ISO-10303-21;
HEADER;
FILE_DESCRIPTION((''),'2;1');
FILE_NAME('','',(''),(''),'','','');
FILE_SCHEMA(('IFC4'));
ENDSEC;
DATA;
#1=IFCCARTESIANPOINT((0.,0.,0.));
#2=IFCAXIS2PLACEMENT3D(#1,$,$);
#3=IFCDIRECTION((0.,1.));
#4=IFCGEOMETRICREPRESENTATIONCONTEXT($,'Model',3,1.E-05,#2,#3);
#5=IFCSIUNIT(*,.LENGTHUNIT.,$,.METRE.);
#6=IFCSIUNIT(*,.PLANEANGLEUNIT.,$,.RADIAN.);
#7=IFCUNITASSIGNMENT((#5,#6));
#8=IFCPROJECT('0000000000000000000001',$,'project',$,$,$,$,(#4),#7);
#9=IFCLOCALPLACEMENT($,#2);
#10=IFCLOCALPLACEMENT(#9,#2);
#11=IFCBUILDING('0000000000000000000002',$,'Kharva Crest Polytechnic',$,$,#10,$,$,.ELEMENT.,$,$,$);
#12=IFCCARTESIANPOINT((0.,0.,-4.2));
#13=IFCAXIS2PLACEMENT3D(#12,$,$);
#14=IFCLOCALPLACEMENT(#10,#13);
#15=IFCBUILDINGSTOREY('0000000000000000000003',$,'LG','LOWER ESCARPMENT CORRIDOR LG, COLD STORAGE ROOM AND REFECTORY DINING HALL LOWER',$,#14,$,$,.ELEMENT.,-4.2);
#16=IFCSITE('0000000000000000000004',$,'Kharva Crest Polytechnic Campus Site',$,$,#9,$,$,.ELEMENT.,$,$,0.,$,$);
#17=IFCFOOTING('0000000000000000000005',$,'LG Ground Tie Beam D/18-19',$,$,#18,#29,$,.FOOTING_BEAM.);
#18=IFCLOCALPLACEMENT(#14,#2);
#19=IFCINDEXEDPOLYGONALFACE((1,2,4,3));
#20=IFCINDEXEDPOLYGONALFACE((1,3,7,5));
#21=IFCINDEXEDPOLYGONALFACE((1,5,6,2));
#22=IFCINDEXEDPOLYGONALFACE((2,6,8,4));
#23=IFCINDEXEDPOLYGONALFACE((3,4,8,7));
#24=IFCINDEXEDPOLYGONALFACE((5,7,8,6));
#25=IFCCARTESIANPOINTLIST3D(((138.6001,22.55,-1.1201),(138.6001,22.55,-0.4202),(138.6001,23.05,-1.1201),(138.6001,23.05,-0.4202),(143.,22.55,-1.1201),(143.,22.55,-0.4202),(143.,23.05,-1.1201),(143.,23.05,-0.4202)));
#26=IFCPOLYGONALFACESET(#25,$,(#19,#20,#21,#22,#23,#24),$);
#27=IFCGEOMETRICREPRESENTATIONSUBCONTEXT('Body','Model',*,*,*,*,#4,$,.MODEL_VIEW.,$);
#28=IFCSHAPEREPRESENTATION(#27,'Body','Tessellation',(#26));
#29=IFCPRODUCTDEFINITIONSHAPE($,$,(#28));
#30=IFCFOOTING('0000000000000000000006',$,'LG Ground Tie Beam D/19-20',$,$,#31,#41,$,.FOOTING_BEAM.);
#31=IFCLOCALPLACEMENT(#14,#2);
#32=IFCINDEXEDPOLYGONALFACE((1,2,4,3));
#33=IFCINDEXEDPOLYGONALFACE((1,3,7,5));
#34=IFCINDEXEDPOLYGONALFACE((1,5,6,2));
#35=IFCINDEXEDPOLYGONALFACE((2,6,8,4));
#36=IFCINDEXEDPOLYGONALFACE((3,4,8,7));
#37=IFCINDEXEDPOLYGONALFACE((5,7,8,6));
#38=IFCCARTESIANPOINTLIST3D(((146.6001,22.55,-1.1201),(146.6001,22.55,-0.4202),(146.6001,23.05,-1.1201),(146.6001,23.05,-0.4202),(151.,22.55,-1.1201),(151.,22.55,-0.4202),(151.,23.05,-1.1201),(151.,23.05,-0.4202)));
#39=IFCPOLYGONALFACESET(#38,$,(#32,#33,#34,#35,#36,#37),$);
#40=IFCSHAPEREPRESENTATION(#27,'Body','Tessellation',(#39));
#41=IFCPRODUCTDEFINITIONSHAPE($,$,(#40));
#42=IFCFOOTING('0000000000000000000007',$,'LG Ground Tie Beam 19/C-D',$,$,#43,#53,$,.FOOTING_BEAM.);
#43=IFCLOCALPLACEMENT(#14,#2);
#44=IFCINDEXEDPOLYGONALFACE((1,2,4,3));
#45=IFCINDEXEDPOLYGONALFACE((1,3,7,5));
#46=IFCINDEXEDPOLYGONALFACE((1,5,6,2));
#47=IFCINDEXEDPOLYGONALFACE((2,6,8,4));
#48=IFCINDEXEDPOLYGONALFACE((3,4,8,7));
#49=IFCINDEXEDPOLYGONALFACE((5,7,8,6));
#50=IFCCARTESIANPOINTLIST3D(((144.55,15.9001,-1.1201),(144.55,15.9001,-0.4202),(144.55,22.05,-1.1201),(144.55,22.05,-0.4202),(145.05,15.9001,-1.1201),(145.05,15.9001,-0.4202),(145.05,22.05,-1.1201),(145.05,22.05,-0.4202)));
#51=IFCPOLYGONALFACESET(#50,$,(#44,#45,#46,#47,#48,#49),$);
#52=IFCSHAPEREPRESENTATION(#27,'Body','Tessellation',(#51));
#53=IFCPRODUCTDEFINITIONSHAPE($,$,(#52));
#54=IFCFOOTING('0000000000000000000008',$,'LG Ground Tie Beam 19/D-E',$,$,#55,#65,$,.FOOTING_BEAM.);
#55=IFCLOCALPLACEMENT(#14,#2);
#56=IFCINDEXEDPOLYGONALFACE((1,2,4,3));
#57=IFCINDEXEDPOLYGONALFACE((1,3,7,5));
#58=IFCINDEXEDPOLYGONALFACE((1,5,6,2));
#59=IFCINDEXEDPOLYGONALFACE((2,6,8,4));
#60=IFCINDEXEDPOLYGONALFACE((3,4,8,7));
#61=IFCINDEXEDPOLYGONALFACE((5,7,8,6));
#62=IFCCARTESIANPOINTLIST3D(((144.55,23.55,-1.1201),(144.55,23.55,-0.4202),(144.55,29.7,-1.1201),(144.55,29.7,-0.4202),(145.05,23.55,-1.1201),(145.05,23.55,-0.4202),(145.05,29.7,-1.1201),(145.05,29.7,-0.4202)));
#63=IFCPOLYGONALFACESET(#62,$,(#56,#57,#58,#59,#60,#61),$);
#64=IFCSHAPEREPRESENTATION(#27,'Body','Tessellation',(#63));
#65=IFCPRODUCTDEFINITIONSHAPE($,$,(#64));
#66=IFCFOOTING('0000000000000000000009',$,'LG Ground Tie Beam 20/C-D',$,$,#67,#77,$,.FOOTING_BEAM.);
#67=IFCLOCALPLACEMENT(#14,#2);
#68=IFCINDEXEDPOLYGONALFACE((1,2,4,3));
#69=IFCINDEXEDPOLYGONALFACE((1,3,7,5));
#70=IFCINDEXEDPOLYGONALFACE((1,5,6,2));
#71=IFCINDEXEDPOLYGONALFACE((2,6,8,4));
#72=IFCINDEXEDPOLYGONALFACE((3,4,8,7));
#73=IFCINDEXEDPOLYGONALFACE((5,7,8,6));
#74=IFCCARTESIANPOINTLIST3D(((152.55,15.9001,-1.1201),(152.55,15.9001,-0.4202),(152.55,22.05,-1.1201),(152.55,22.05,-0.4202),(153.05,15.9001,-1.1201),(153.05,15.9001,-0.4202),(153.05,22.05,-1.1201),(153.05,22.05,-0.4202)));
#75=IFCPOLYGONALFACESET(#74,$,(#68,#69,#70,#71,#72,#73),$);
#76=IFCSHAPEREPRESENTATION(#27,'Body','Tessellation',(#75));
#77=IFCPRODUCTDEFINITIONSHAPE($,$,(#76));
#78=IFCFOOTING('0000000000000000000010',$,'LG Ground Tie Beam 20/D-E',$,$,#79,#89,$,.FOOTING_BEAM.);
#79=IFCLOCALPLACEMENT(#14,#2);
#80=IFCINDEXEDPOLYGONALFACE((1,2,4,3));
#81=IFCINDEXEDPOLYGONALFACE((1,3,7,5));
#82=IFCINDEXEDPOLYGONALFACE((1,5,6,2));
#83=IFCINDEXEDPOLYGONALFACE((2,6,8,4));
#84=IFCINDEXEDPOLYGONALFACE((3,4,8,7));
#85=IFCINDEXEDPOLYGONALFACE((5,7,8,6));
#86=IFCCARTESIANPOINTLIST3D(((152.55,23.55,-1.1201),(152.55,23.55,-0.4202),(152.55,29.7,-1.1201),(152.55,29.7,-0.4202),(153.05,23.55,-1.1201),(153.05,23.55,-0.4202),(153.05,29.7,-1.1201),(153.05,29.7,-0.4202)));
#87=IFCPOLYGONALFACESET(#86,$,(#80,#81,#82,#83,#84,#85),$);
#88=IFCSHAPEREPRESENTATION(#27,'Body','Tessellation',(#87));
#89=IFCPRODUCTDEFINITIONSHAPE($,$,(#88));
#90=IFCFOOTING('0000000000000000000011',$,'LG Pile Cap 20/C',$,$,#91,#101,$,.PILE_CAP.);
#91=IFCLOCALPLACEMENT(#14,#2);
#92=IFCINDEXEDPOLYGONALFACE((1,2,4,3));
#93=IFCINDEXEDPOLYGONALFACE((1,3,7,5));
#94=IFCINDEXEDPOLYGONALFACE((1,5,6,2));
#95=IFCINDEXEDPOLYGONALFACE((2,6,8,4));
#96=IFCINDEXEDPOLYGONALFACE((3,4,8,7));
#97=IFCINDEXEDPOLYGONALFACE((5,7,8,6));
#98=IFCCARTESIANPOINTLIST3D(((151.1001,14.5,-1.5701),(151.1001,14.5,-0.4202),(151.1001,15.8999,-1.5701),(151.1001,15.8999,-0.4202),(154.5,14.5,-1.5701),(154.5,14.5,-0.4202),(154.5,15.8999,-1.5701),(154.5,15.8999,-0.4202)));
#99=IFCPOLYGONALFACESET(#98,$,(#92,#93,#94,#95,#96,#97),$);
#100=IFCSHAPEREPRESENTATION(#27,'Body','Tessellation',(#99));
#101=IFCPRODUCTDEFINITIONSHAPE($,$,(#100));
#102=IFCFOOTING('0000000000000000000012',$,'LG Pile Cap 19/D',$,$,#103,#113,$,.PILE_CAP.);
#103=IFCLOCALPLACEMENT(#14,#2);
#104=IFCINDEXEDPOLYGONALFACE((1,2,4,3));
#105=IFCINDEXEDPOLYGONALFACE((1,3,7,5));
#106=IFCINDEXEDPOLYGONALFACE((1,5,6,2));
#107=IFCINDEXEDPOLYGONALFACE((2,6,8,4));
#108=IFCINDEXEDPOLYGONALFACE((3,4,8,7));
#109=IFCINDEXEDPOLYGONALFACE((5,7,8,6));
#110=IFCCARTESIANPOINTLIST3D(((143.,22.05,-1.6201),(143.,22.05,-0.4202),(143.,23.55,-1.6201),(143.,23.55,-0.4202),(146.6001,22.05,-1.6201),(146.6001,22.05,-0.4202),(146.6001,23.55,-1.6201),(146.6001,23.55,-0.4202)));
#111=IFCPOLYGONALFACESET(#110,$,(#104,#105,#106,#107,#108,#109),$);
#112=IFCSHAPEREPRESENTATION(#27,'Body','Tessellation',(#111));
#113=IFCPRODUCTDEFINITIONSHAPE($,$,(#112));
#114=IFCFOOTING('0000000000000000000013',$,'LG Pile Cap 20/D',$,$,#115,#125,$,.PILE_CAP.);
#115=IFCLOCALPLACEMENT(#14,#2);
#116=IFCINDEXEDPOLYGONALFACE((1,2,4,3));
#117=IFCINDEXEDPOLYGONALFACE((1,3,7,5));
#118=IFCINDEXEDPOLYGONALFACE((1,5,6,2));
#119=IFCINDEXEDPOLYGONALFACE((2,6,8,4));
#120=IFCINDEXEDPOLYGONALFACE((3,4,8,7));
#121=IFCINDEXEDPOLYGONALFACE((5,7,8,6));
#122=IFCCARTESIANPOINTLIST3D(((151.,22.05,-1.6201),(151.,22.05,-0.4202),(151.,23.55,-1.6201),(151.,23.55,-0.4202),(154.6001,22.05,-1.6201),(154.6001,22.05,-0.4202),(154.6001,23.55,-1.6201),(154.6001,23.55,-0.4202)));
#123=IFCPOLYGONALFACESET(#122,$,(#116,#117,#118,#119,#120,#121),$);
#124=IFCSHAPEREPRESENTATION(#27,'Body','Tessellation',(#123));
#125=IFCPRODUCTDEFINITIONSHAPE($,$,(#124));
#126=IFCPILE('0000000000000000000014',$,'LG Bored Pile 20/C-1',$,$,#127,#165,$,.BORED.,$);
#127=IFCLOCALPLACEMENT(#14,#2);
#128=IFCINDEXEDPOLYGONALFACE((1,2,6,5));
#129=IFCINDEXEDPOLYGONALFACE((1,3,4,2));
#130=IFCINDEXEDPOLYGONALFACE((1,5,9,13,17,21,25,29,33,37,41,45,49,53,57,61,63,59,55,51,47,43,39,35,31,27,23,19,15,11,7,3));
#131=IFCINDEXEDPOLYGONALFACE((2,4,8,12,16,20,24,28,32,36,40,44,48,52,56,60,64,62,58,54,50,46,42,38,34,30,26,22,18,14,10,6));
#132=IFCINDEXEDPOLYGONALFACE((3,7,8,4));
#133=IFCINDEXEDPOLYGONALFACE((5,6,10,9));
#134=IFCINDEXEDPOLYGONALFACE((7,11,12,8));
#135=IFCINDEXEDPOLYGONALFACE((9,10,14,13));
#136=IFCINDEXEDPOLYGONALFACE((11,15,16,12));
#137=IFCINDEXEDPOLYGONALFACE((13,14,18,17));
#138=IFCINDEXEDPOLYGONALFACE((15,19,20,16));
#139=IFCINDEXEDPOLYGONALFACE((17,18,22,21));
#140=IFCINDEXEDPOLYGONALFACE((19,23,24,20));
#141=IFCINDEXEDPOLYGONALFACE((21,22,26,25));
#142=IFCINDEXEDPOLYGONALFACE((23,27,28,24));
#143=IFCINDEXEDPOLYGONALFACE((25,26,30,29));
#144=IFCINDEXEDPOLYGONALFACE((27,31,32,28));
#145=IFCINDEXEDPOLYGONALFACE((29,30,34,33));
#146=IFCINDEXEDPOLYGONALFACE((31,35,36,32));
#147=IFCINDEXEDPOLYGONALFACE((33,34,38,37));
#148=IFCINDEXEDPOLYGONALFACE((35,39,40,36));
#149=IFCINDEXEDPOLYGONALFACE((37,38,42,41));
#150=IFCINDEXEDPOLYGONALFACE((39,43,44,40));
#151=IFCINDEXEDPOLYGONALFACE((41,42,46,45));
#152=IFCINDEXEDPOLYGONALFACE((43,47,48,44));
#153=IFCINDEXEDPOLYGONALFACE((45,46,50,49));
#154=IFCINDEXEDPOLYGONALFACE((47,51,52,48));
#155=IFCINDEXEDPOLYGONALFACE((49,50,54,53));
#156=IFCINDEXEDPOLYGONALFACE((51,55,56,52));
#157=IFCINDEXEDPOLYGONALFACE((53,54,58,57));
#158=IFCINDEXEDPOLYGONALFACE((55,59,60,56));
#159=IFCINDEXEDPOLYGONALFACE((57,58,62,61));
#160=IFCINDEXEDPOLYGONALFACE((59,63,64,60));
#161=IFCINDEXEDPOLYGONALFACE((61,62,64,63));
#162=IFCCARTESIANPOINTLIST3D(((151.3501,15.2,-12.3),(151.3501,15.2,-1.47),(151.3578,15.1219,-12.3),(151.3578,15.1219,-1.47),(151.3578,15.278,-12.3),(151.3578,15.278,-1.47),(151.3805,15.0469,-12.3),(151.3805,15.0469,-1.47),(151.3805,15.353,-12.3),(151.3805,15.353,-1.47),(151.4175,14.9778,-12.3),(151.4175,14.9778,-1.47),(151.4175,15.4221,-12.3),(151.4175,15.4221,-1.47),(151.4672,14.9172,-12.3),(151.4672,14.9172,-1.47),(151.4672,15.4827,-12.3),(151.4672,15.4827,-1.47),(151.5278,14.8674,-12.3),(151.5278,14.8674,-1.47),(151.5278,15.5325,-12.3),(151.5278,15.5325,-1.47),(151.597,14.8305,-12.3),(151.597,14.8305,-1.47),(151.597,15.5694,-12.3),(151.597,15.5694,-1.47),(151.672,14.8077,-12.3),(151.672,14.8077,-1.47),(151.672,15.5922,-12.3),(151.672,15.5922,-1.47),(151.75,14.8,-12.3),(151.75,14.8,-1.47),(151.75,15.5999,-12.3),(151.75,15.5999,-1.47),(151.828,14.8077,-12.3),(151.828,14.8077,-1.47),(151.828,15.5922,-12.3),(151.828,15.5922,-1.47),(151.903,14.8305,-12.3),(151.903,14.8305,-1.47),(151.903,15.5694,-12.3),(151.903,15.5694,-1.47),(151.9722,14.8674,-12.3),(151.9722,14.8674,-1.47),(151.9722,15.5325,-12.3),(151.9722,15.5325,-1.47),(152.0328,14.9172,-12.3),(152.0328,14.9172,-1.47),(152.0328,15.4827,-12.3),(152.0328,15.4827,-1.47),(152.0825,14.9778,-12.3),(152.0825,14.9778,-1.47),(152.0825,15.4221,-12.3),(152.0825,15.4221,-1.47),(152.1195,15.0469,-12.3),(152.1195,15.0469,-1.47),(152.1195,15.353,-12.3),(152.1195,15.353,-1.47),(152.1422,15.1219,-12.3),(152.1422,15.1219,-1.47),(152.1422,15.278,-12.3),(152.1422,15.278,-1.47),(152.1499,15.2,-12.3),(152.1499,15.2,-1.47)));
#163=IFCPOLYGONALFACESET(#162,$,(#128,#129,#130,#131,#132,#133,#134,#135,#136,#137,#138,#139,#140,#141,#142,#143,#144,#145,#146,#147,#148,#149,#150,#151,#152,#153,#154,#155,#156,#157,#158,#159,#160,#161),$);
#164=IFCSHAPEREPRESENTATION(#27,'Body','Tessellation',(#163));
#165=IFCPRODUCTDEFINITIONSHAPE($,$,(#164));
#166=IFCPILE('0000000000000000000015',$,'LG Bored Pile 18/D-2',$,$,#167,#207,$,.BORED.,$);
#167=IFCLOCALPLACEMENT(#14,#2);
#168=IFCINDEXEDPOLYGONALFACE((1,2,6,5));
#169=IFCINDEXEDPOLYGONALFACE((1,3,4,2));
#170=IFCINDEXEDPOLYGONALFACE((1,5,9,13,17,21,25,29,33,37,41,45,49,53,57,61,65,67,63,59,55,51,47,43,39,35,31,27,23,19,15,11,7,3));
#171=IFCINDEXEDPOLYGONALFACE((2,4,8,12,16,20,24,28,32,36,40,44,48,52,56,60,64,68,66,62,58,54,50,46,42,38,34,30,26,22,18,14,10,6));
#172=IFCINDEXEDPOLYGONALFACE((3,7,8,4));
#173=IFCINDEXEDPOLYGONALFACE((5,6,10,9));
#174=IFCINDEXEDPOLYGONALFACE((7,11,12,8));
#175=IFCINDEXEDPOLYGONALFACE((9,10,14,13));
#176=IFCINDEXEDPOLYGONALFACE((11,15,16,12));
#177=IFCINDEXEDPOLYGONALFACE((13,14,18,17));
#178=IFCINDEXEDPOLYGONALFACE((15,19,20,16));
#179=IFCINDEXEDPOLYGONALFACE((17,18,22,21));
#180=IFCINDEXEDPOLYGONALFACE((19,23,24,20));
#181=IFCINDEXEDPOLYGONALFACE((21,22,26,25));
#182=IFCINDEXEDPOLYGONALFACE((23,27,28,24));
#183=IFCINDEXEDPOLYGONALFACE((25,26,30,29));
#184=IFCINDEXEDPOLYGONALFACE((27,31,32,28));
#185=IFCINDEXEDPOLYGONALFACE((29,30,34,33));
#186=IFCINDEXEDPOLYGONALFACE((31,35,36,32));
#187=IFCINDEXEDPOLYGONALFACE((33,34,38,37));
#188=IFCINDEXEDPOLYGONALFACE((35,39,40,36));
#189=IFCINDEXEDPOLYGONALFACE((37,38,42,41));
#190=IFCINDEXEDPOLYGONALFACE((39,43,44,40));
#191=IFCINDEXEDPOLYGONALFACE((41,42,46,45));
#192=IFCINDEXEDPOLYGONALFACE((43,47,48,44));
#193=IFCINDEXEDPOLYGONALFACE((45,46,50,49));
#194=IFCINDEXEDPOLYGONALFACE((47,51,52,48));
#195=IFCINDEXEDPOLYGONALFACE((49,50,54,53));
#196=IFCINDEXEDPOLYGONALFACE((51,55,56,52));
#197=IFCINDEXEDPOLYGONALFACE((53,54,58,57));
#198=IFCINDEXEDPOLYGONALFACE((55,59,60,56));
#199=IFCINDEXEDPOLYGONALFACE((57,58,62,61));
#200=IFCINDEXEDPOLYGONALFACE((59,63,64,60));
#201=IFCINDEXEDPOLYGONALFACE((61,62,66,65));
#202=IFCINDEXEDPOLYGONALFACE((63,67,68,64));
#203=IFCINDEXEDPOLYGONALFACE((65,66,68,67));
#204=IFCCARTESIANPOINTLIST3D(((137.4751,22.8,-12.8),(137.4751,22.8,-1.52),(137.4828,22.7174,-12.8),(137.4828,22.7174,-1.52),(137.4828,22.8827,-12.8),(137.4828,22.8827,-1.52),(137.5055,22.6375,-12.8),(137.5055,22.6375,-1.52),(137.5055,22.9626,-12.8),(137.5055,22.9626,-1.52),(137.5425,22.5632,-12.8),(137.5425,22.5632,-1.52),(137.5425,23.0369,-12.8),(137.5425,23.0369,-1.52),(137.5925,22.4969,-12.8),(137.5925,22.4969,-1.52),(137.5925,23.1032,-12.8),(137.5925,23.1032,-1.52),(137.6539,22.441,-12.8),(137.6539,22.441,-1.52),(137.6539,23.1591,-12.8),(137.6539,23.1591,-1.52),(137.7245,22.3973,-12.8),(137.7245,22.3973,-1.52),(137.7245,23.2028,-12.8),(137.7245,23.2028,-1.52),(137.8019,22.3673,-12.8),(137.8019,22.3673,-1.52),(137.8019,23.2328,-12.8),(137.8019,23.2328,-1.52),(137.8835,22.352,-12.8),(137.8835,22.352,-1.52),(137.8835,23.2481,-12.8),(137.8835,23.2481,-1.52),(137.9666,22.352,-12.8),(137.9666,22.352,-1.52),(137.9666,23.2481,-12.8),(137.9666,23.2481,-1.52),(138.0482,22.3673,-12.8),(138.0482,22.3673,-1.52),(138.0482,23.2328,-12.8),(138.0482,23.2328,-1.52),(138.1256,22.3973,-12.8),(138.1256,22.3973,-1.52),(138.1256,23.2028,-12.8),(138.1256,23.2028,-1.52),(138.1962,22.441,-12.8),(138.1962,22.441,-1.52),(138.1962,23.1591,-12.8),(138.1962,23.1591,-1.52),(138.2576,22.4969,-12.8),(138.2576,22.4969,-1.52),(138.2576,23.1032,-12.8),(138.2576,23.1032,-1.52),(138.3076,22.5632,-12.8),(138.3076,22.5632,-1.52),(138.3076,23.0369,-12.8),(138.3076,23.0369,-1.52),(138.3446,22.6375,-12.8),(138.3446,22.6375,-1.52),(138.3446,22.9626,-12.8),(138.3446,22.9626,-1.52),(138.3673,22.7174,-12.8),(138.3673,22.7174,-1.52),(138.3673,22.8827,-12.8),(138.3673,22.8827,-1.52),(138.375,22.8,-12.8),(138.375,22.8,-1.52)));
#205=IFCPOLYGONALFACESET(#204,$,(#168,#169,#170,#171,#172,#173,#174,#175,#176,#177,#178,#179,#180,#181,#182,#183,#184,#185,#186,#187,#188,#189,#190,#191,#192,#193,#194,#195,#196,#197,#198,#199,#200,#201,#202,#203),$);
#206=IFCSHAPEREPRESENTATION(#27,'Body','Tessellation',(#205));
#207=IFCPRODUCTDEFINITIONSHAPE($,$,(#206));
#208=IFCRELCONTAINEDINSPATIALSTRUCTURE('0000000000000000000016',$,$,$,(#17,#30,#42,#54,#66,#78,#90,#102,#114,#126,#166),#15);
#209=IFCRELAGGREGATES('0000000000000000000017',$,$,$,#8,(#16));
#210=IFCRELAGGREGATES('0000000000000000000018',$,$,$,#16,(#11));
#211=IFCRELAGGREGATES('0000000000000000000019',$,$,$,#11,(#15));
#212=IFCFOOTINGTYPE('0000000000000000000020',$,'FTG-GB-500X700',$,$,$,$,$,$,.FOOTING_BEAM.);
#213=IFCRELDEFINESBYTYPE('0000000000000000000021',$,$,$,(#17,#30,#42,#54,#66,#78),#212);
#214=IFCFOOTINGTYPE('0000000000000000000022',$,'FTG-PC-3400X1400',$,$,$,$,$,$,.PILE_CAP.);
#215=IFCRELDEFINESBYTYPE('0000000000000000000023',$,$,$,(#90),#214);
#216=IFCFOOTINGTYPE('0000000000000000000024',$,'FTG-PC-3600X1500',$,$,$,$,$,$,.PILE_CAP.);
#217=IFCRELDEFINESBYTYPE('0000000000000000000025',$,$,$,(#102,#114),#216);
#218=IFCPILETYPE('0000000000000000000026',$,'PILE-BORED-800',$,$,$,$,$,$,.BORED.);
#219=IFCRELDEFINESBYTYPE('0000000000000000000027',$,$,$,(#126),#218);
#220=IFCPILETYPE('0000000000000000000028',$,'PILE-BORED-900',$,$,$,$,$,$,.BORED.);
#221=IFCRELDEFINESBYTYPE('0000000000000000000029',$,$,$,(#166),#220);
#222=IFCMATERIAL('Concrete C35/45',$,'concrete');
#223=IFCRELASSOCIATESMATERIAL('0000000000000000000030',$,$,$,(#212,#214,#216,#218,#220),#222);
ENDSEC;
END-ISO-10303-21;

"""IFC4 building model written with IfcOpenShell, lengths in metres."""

from ifc_helpers import new_model, si_unit, direction, frame, origin, origin_2d, place, context, subcontext, project, spatial, rectangle, circle, extrude, material, material_profile, profile_set, type_object, element, save


model = new_model("IFC4")

# Units and contexts
model_context = context("Model", 3, precision=1e-05, world=origin(), true_north=direction((0.0, 1.0)))
body_context = subcontext(model_context, "Body", "Model", "MODEL_VIEW")
ifc_project = project(units=[si_unit("LENGTHUNIT", "METRE"), si_unit("PLANEANGLEUNIT", "RADIAN")], contexts=[model_context])

# Site, building, storey
site_placement = place(None, origin())
site = spatial("IfcSite", under=ifc_project, at=site_placement, Name="Kharva Crest Polytechnic Campus Site", CompositionType="ELEMENT", RefElevation=0.0)
building_placement = place(site_placement, origin())
building = spatial("IfcBuilding", under=site, at=building_placement, Name="Kharva Crest Polytechnic", CompositionType="ELEMENT")
storey_placement = place(building_placement, frame((0.0, 0.0, -4.2)))
storey = spatial("IfcBuildingStorey", under=building, at=storey_placement, Name="LG", Description="LOWER ESCARPMENT CORRIDOR LG, COLD STORAGE ROOM AND REFECTORY DINING HALL LOWER", CompositionType="ELEMENT", Elevation=-4.2)

# Footings
ifc_material_1 = material(Name="Concrete C35/45", Category="concrete")
footing_type_1 = type_object("IfcFootingType", Name="FTG-GB-500X700", PredefinedType="FOOTING_BEAM", material=ifc_material_1)
for number, where, z_axis, x_axis, name in (
    (1, (140.8, 22.8, -1.1201), (0.0, 0.0, 1.0), (1.0, 0.0, 0.0), "LG Ground Tie Beam D/18-19"),
    (2, (148.8, 22.8, -1.1201), (0.0, 0.0, 1.0), (1.0, 0.0, 0.0), "LG Ground Tie Beam D/19-20"),
):
    element("IfcFooting", number, at=place(storey_placement, frame(where, z_axis=z_axis, x_axis=x_axis)), inside=storey, type_object=footing_type_1, Name=name, PredefinedType="FOOTING_BEAM", context=body_context, shape_type="SweptSolid", body=[
        extrude(rectangle(XDim=4.3999, YDim=0.5, at=origin_2d()), origin(), (0.0, 0.0, 1.0), 0.7),
    ])
for number, where, z_axis, x_axis, name in (
    (3, (144.8, 18.9751, -1.1201), (0.0, 0.0, 1.0), (0.0, 1.0, 0.0), "LG Ground Tie Beam 19/C-D"),
    (4, (144.8, 26.625, -1.1201), (0.0, 0.0, 1.0), (0.0, 1.0, 0.0), "LG Ground Tie Beam 19/D-E"),
    (5, (152.8, 18.9751, -1.1201), (0.0, 0.0, 1.0), (0.0, 1.0, 0.0), "LG Ground Tie Beam 20/C-D"),
    (6, (152.8, 26.625, -1.1201), (0.0, 0.0, 1.0), (0.0, 1.0, 0.0), "LG Ground Tie Beam 20/D-E"),
):
    element("IfcFooting", number, at=place(storey_placement, frame(where, z_axis=z_axis, x_axis=x_axis)), inside=storey, type_object=footing_type_1, Name=name, PredefinedType="FOOTING_BEAM", context=body_context, shape_type="SweptSolid", body=[
        extrude(rectangle(XDim=6.1499, YDim=0.5, at=origin_2d()), origin(), (0.0, 0.0, 1.0), 0.7),
    ])
footing_type_2 = type_object("IfcFootingType", Name="FTG-PC-3400X1400", PredefinedType="PILE_CAP", material=ifc_material_1)
footing_placement = place(storey_placement, frame((152.8, 15.2, -1.5701), z_axis=(0.0, 0.0, 1.0), x_axis=(1.0, 0.0, 0.0)))
element("IfcFooting", 7, at=footing_placement, inside=storey, type_object=footing_type_2, Name="LG Pile Cap 20/C", PredefinedType="PILE_CAP", context=body_context, shape_type="SweptSolid", body=[
    extrude(rectangle(XDim=3.3999, YDim=1.3999, at=origin_2d()), origin(), (0.0, 0.0, 1.0), 1.1499),
])
footing_type_3 = type_object("IfcFootingType", Name="FTG-PC-3600X1500", PredefinedType="PILE_CAP", material=ifc_material_1)
for number, where, z_axis, x_axis, name in (
    (8, (144.8, 22.8, -1.6201), (0.0, 0.0, 1.0), (1.0, 0.0, 0.0), "LG Pile Cap 19/D"),
    (9, (152.8, 22.8, -1.6201), (0.0, 0.0, 1.0), (1.0, 0.0, 0.0), "LG Pile Cap 20/D"),
):
    element("IfcFooting", number, at=place(storey_placement, frame(where, z_axis=z_axis, x_axis=x_axis)), inside=storey, type_object=footing_type_3, Name=name, PredefinedType="PILE_CAP", context=body_context, shape_type="SweptSolid", body=[
        extrude(rectangle(XDim=3.6001, YDim=1.5, at=origin_2d()), origin(), (0.0, 0.0, 1.0), 1.2),
    ])

# Piles
ifc_material_profile_1 = material_profile(ifc_material_1, circle(Radius=0.3999, at=origin_2d()), Name="DIA 800")
ifc_profile_set_1 = profile_set([ifc_material_profile_1], Name="Concrete C35/45")
pile_type_1 = type_object("IfcPileType", Name="PILE-BORED-800", PredefinedType="BORED", material=ifc_profile_set_1)
pile_placement = place(storey_placement, frame((151.75, 15.2, -1.47), z_axis=(0.0, 0.0, -1.0), x_axis=(1.0, 0.0, 0.0)))
element("IfcPile", 10, at=pile_placement, inside=storey, type_object=pile_type_1, Name="LG Bored Pile 20/C-1", PredefinedType="BORED", context=body_context, shape_type="SweptSolid", body=[
    extrude(circle(Radius=0.3999, at=origin_2d()), origin(), (0.0, 0.0, 1.0), 10.8301),
])
ifc_material_profile_2 = material_profile(ifc_material_1, circle(Radius=0.45, at=origin_2d()), Name="DIA 900")
ifc_profile_set_2 = profile_set([ifc_material_profile_2], Name="Concrete C35/45")
pile_type_2 = type_object("IfcPileType", Name="PILE-BORED-900", PredefinedType="BORED", material=ifc_profile_set_2)
for number, where, z_axis, x_axis, name in (
    (11, (137.925, 22.8, -1.52), (0.0, 0.0, -1.0), (1.0, 0.0, 0.0), "LG Bored Pile 18/D-2"),
):
    element("IfcPile", number, at=place(storey_placement, frame(where, z_axis=z_axis, x_axis=x_axis)), inside=storey, type_object=pile_type_2, Name=name, PredefinedType="BORED", context=body_context, shape_type="SweptSolid", body=[
        extrude(circle(Radius=0.45, at=origin_2d()), origin(), (0.0, 0.0, 1.0), 11.28),
    ])

save(model, "model.ifc")
